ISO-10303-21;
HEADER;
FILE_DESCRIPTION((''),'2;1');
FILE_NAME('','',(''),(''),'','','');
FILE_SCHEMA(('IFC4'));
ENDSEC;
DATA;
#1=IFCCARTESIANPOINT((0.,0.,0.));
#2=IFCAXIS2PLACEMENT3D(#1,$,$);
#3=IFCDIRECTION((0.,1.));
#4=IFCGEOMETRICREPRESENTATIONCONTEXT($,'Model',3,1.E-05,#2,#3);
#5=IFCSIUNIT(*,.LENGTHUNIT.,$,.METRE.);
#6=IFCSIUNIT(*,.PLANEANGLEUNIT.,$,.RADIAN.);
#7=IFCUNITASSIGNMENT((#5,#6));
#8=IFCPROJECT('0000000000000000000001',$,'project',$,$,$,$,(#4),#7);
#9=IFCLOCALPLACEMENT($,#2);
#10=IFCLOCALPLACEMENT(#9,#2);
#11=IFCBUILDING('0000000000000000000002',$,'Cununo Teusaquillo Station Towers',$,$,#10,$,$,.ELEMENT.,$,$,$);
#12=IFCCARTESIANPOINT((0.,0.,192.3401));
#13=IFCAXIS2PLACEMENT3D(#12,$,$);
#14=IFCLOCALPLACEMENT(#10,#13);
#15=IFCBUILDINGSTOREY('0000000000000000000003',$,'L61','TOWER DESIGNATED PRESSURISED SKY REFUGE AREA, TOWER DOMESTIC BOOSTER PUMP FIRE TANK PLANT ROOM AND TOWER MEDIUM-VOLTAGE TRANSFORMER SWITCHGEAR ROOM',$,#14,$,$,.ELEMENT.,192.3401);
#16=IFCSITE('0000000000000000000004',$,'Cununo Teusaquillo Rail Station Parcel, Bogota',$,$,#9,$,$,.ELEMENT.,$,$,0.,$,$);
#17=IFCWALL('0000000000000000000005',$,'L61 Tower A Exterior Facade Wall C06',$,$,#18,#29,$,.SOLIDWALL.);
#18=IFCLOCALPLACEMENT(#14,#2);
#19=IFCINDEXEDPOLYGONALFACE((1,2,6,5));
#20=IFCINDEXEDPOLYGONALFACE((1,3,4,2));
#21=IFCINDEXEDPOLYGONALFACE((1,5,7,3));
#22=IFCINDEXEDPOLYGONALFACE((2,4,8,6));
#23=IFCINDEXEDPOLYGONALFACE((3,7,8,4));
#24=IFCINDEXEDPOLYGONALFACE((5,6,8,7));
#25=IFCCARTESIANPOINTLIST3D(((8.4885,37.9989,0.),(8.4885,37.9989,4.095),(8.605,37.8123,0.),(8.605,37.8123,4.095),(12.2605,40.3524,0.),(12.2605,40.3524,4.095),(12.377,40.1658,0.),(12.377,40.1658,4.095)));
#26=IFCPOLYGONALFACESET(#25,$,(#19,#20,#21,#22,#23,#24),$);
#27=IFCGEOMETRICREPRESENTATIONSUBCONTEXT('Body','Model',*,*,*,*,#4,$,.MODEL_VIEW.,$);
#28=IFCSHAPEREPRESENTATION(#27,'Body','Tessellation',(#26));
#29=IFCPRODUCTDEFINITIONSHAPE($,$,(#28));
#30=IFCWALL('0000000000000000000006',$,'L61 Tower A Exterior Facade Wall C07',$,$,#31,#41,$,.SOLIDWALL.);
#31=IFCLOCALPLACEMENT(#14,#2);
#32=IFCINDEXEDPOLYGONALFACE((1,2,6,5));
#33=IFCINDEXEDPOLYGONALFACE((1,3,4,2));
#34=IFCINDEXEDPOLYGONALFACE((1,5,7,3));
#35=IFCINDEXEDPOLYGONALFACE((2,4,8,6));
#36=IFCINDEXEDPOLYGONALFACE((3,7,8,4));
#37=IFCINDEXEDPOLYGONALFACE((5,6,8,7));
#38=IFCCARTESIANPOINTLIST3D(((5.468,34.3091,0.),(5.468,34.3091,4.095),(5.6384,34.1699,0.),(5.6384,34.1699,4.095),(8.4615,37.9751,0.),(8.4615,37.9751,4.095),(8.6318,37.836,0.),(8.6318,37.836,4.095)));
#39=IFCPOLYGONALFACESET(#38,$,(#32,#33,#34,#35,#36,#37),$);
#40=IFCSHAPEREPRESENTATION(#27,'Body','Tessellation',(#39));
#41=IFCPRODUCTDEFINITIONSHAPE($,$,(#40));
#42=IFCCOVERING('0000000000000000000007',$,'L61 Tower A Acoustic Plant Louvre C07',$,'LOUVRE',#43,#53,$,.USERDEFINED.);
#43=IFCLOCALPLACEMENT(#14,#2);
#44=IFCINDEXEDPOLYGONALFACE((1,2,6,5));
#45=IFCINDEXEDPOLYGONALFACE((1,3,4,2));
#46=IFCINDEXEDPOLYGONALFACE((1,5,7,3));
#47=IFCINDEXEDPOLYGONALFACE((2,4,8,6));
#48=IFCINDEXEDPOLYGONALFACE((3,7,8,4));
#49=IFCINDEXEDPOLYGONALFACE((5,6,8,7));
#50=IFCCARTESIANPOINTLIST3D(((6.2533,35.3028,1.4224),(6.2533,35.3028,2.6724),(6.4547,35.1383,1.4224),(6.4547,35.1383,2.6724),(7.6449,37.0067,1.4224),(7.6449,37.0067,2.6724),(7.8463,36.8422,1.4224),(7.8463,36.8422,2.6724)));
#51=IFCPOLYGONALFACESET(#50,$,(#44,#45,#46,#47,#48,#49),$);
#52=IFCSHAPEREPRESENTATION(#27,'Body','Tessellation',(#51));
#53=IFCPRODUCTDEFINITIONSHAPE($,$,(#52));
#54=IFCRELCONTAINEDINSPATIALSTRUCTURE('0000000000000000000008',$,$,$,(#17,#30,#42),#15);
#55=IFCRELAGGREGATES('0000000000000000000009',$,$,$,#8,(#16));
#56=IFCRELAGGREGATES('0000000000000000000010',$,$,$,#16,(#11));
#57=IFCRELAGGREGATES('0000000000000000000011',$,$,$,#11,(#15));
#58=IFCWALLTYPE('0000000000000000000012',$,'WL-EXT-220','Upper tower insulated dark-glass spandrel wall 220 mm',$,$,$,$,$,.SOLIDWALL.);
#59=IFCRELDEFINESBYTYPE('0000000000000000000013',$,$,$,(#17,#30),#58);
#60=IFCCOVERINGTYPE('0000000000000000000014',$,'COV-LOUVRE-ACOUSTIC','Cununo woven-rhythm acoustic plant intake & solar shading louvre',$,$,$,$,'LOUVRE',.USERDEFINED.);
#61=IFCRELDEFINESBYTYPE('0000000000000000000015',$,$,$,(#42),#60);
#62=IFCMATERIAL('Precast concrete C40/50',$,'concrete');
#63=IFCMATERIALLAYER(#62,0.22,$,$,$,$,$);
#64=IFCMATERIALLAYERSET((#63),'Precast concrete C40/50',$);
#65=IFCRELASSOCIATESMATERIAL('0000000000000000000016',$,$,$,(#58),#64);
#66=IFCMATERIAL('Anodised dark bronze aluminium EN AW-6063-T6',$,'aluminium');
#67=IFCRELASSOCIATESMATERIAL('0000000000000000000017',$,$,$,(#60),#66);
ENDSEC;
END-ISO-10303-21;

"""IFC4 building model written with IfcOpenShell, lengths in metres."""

from ifc_helpers import new_model, si_unit, direction, frame, frame_2d, origin, origin_2d, place, context, subcontext, project, spatial, rectangle, extrude, source, transform, mapped, material, layer, layer_set, type_object, element, save


model = new_model("IFC4")

# Units and contexts
model_context = context("Model", 3, precision=1e-05, world=origin(), true_north=direction((0.0, 1.0)))
body_context = subcontext(model_context, "Body", "Model", "MODEL_VIEW")
ifc_project = project(units=[si_unit("LENGTHUNIT", "METRE"), si_unit("PLANEANGLEUNIT", "RADIAN")], contexts=[model_context])

# Site, building, storey
site_placement = place(None, origin())
site = spatial("IfcSite", under=ifc_project, at=site_placement, Name="Cununo Teusaquillo Rail Station Parcel, Bogota", CompositionType="ELEMENT", RefElevation=0.0)
building_placement = place(site_placement, origin())
building = spatial("IfcBuilding", under=site, at=building_placement, Name="Cununo Teusaquillo Station Towers", CompositionType="ELEMENT")
storey_placement = place(building_placement, frame((0.0, 0.0, 192.3401)))
storey = spatial("IfcBuildingStorey", under=building, at=storey_placement, Name="L61", Description="TOWER DESIGNATED PRESSURISED SKY REFUGE AREA, TOWER DOMESTIC BOOSTER PUMP FIRE TANK PLANT ROOM AND TOWER MEDIUM-VOLTAGE TRANSFORMER SWITCHGEAR ROOM", CompositionType="ELEMENT", Elevation=192.3401)

# Walls
ifc_material_1 = material(Name="Precast concrete C40/50", Category="concrete")
ifc_layer_1 = layer(ifc_material_1, 0.22)
ifc_layer_set_1 = layer_set([ifc_layer_1], Name="Precast concrete C40/50")
wall_type = type_object("IfcWallType", Name="WL-EXT-220", Description="Upper tower insulated dark-glass spandrel wall 220 mm", PredefinedType="SOLIDWALL", material=ifc_layer_set_1)
wall_1_placement = place(storey_placement, frame((8.5466, 37.9055, 0.0), z_axis=(0.0, 0.0, 1.0), x_axis=(0.848399, 0.529357, 0.0)))
element("IfcWall", 1, at=wall_1_placement, inside=storey, type_object=wall_type, Name="L61 Tower A Exterior Facade Wall C06", PredefinedType="SOLIDWALL", context=body_context, shape_type="SweptSolid", body=[
    extrude(rectangle(XDim=4.446, YDim=0.22, at=frame_2d((2.2231, 0.0))), origin(), (0.0, 0.0, 1.0), 4.095),
])
wall_2_placement = place(storey_placement, frame((5.5532, 34.2395, 0.0), z_axis=(0.0, 0.0, 1.0), x_axis=(0.632471, 0.774584, 0.0)))
element("IfcWall", 2, at=wall_2_placement, inside=storey, type_object=wall_type, Name="L61 Tower A Exterior Facade Wall C07", PredefinedType="SOLIDWALL", context=body_context, shape_type="SweptSolid", body=[
    extrude(rectangle(XDim=4.7329, YDim=0.22, at=frame_2d((2.3665, 0.0))), origin(), (0.0, 0.0, 1.0), 4.095),
])

# Covering
ifc_material_2 = material(Name="Anodised dark bronze aluminium EN AW-6063-T6", Category="aluminium")
covering_type = type_object("IfcCoveringType", Name="COV-LOUVRE-ACOUSTIC", Description="Cununo woven-rhythm acoustic plant intake & solar shading louvre", ElementType="LOUVRE", PredefinedType="USERDEFINED", material=ifc_material_2)
shared_shape_1 = source(origin(), body_context, "Body", "SweptSolid", [
    extrude(rectangle(XDim=2.2, YDim=0.26, at=origin_2d()), origin(), (0.0, 0.0, 1.0), 1.25),
])
covering_placement = place(storey_placement, frame((7.0498, 36.0725, 1.4224), z_axis=(0.0, 0.0, 1.0), x_axis=(0.63257, 0.774503, 0.0)))
element("IfcCovering", 3, at=covering_placement, inside=storey, type_object=covering_type, Name="L61 Tower A Acoustic Plant Louvre C07", ObjectType="LOUVRE", PredefinedType="USERDEFINED", context=body_context, shape_type="MappedRepresentation", body=[
    mapped(shared_shape_1, transform((0.0, 0.0, 0.0), x_axis=(1.0, 0.0, 0.0), y_axis=(0.0, 1.0, 0.0), z_axis=(0.0, 0.0, 1.0), scale=1.0)),
])

save(model, "model.ifc")
